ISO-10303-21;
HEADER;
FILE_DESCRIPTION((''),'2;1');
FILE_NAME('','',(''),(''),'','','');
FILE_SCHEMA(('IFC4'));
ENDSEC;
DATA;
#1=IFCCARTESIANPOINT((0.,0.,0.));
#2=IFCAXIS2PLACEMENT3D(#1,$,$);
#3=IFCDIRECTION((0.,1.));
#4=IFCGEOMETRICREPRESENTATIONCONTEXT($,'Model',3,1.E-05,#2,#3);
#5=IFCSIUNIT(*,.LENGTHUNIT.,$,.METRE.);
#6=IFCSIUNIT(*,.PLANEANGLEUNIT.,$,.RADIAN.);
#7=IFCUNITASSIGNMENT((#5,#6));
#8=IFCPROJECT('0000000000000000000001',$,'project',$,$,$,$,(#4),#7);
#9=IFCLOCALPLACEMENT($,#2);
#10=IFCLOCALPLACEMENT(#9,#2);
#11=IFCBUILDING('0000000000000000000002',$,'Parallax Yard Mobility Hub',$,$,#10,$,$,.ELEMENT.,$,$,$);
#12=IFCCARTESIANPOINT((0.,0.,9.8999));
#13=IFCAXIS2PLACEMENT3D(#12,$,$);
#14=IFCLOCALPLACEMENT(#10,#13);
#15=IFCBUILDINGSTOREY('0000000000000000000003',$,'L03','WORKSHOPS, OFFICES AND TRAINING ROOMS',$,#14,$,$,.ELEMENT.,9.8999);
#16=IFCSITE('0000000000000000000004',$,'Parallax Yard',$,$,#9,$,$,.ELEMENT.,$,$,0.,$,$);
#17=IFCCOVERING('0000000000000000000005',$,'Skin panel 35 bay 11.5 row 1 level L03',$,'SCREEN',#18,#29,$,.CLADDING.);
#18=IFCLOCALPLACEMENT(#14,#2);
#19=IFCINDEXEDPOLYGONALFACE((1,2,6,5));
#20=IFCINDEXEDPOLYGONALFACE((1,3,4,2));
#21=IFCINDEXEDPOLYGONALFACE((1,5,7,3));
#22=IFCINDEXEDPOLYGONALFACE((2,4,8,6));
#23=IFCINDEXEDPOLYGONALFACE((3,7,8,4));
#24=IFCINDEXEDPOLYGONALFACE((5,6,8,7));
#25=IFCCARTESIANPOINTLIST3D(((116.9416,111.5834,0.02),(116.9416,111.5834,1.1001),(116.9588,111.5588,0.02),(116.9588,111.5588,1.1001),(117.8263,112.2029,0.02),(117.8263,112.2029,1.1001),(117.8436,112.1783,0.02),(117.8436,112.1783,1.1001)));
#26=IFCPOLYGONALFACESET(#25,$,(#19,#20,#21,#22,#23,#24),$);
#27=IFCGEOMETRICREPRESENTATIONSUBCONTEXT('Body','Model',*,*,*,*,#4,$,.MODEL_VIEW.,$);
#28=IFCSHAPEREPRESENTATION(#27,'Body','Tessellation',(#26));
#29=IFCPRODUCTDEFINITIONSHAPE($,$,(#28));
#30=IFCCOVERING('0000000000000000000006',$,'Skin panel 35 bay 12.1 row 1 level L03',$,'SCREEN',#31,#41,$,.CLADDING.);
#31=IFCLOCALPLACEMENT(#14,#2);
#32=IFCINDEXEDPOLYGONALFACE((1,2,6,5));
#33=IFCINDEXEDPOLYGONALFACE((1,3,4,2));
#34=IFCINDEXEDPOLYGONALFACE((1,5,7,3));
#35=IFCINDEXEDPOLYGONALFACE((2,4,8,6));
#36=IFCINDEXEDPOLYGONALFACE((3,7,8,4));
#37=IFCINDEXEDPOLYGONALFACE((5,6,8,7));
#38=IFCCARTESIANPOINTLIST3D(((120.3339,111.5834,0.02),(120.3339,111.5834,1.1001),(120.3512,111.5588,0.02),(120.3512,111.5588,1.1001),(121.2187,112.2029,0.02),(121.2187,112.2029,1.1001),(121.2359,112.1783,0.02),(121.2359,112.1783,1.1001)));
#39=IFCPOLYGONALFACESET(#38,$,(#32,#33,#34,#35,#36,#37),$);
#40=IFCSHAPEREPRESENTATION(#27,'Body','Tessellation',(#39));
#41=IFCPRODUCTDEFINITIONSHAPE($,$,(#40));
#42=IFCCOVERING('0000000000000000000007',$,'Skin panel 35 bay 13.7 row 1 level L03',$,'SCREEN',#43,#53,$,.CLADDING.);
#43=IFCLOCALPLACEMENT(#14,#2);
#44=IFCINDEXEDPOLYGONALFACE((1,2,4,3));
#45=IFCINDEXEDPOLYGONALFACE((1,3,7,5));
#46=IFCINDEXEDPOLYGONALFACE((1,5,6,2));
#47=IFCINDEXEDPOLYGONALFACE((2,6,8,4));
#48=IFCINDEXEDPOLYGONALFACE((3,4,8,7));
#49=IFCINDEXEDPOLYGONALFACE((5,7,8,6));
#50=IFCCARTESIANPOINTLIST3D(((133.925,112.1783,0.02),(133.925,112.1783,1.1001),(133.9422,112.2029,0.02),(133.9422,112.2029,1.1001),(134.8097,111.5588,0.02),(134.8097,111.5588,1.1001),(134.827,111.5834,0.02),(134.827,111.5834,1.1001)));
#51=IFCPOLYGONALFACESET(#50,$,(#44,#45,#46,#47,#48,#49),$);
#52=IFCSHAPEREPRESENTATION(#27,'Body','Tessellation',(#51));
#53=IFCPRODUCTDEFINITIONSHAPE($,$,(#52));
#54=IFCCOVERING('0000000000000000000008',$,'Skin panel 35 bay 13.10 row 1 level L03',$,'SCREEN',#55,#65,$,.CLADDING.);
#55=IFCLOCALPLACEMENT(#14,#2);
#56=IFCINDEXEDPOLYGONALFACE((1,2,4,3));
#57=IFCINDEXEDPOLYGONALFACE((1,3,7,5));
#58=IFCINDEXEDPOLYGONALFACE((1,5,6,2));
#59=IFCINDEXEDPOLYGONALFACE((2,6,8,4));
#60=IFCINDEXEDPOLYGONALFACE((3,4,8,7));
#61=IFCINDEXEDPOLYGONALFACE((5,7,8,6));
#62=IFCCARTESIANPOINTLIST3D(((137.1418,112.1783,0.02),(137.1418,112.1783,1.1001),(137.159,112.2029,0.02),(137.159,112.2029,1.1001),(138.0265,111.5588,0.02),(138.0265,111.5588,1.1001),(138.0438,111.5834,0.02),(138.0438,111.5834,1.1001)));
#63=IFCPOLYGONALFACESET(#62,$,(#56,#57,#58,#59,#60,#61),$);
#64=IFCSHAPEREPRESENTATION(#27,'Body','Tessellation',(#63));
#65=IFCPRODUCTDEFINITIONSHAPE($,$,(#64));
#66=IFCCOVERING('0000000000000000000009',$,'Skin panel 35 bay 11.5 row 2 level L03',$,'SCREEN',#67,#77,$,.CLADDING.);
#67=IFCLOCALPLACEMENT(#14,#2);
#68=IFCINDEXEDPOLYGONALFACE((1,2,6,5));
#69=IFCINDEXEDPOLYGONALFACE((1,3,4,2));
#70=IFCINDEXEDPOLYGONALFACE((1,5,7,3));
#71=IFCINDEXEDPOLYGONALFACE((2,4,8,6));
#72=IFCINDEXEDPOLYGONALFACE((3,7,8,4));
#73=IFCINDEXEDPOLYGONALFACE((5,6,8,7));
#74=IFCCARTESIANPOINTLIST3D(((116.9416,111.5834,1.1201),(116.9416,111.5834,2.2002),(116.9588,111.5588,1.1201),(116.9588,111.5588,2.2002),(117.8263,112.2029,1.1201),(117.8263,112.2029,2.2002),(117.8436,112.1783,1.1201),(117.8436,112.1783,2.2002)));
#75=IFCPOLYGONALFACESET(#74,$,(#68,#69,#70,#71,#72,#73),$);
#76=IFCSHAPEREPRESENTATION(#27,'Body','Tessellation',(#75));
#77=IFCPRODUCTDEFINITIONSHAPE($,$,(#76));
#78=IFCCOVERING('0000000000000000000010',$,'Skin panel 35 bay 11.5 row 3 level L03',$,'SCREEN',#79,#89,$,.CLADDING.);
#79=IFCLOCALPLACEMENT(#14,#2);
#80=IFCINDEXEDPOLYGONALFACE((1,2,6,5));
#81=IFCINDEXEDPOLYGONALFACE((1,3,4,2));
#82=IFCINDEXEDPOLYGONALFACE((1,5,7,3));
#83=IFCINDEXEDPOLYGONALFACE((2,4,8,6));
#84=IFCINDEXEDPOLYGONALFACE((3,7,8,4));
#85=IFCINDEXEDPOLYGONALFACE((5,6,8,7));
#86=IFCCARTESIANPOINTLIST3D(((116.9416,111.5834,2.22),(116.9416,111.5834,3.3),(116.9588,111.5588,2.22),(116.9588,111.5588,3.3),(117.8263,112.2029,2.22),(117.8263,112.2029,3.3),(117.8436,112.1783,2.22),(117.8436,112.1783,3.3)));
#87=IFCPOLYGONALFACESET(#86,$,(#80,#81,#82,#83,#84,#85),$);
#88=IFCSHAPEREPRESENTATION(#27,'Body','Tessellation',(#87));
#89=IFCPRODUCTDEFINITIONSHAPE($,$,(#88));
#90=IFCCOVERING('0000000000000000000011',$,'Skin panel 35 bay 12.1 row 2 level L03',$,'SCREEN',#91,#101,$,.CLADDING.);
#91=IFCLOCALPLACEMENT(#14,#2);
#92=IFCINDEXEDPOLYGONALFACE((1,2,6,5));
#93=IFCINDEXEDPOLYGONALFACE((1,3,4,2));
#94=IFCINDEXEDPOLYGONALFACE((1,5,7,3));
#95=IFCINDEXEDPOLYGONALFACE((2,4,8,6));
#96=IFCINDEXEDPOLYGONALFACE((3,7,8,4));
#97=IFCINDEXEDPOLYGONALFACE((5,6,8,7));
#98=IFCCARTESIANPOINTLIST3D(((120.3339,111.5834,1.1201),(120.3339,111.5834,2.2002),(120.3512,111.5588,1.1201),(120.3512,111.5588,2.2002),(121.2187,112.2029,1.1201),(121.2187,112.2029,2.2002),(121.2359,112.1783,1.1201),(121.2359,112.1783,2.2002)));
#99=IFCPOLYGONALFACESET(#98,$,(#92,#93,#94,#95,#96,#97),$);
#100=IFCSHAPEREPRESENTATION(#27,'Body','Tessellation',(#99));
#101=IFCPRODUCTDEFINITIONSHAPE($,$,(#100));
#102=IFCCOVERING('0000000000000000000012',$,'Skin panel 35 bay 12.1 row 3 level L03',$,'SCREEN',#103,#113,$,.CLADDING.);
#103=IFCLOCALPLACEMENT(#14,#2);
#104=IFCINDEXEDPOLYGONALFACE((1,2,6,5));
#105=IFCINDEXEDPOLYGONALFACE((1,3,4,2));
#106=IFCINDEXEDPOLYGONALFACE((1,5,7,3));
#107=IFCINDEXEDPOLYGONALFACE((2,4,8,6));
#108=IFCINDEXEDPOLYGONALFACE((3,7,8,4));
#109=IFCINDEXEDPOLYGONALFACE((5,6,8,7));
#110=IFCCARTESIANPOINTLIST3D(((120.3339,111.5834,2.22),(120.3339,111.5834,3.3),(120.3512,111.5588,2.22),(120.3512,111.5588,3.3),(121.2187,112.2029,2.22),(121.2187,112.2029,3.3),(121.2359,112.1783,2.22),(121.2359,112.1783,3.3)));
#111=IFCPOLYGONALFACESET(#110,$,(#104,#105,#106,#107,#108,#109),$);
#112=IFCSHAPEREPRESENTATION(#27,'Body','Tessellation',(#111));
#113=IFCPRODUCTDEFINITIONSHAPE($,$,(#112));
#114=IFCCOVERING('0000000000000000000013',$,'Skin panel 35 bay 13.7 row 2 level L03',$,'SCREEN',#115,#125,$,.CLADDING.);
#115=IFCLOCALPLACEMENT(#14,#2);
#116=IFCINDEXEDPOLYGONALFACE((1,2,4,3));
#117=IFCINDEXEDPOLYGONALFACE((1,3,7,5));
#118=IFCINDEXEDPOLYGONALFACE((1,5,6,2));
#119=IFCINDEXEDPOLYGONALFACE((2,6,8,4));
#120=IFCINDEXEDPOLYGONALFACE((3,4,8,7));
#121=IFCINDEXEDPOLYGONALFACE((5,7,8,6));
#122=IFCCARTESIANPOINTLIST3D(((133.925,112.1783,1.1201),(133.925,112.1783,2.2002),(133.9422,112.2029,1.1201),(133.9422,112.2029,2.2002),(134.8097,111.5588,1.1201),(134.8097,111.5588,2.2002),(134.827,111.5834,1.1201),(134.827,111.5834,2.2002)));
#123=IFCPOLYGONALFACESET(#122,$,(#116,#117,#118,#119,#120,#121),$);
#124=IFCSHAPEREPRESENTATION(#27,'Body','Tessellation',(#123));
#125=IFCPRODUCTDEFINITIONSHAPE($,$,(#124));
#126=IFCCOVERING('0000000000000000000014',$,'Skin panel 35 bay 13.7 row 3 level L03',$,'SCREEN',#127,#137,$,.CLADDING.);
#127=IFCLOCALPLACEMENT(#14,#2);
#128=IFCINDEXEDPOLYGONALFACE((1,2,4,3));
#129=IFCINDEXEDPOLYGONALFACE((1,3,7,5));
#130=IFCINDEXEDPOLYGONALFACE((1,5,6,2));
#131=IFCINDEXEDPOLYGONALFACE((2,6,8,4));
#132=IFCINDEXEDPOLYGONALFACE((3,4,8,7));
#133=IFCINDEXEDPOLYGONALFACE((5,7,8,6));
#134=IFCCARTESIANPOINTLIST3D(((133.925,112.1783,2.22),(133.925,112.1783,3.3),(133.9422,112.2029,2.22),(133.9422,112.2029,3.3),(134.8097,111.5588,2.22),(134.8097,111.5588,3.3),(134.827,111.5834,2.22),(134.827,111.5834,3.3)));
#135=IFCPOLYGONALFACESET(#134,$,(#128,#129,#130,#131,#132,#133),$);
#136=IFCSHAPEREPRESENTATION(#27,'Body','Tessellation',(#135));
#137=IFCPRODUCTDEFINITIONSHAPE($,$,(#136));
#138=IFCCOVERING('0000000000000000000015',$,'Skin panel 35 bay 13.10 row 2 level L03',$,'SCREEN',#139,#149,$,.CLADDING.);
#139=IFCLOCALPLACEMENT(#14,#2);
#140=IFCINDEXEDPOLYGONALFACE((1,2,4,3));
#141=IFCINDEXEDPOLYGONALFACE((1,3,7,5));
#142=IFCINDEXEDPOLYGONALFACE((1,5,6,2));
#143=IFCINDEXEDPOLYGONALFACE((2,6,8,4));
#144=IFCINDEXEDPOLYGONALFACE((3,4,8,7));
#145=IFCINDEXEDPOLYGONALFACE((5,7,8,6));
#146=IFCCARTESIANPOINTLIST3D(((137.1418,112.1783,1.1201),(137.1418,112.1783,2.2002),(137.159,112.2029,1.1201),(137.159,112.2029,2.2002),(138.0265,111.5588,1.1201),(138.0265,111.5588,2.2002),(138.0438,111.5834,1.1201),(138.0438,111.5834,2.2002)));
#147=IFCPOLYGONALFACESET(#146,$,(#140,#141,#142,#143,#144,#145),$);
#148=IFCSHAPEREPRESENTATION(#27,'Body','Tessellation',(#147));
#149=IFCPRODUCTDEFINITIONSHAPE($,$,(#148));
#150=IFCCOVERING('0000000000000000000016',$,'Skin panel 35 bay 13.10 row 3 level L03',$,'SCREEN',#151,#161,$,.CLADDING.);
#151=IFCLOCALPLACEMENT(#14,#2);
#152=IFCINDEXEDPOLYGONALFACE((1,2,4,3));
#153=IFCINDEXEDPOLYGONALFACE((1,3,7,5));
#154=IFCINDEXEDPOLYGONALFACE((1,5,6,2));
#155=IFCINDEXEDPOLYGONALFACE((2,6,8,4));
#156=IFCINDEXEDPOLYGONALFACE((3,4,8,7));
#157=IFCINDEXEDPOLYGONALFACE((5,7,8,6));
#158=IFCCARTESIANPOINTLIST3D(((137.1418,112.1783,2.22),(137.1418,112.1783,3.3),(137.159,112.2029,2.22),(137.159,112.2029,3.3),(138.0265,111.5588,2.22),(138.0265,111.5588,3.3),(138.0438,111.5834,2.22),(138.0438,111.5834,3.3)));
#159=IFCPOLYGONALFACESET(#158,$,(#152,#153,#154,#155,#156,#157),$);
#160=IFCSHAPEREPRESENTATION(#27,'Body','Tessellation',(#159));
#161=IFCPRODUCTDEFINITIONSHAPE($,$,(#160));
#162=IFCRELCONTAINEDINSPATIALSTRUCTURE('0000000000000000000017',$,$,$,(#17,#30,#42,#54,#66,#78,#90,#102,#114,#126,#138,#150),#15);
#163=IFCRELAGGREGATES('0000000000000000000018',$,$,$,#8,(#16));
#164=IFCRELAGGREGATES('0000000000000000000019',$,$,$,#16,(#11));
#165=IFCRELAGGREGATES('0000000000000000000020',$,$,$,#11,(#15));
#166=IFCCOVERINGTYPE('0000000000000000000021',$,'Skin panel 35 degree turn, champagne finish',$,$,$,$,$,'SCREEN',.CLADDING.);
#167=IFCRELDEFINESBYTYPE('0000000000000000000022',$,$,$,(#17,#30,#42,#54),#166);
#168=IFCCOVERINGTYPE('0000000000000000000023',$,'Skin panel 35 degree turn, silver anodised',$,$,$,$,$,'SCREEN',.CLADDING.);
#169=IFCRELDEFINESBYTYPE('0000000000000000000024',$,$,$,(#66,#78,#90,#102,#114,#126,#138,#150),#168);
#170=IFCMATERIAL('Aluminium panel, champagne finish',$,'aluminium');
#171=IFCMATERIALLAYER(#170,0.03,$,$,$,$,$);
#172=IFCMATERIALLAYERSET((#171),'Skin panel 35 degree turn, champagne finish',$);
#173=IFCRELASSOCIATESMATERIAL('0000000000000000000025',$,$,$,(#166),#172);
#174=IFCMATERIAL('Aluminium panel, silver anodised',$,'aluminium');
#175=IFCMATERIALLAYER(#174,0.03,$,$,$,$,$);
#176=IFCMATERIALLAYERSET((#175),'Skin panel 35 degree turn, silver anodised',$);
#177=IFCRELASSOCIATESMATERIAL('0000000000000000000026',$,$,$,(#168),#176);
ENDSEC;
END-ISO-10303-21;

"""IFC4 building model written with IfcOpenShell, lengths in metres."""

from ifc_helpers import new_model, si_unit, direction, frame, origin, origin_2d, place, context, subcontext, project, spatial, rectangle, extrude, material, layer, layer_set, type_object, element, save


model = new_model("IFC4")

# Units and contexts
model_context = context("Model", 3, precision=1e-05, world=origin(), true_north=direction((0.0, 1.0)))
body_context = subcontext(model_context, "Body", "Model", "MODEL_VIEW")
ifc_project = project(units=[si_unit("LENGTHUNIT", "METRE"), si_unit("PLANEANGLEUNIT", "RADIAN")], contexts=[model_context])

# Site, building, storey
site_placement = place(None, origin())
site = spatial("IfcSite", under=ifc_project, at=site_placement, Name="Parallax Yard", CompositionType="ELEMENT", RefElevation=0.0)
building_placement = place(site_placement, origin())
building = spatial("IfcBuilding", under=site, at=building_placement, Name="Parallax Yard Mobility Hub", CompositionType="ELEMENT")
storey_placement = place(building_placement, frame((0.0, 0.0, 9.8999)))
storey = spatial("IfcBuildingStorey", under=building, at=storey_placement, Name="L03", Description="WORKSHOPS, OFFICES AND TRAINING ROOMS", CompositionType="ELEMENT", Elevation=9.8999)

# Coverings
ifc_material_1 = material(Name="Aluminium panel, silver anodised", Category="aluminium")
ifc_material_2 = material(Name="Aluminium panel, champagne finish", Category="aluminium")
ifc_layer_1 = layer(ifc_material_2, 0.03)
ifc_layer_set_1 = layer_set([ifc_layer_1], Name="Skin panel 35 degree turn, champagne finish")
covering_type_1 = type_object("IfcCoveringType", Name="Skin panel 35 degree turn, champagne finish", ElementType="SCREEN", PredefinedType="CLADDING", material=ifc_layer_set_1)
for number, where, z_axis, x_axis, name in (
    (1, (117.3926, 111.8809, 0.02), (0.0, 0.0, 1.0), (-0.819152, -0.573576, 0.0), "Skin panel 35 bay 11.5 row 1 level L03"),
    (2, (120.7849, 111.8809, 0.02), (0.0, 0.0, 1.0), (-0.819152, -0.573576, 0.0), "Skin panel 35 bay 12.1 row 1 level L03"),
    (3, (134.376, 111.8809, 0.02), (0.0, 0.0, 1.0), (0.819152, -0.573576, 0.0), "Skin panel 35 bay 13.7 row 1 level L03"),
    (4, (137.5928, 111.8809, 0.02), (0.0, 0.0, 1.0), (0.819152, -0.573576, 0.0), "Skin panel 35 bay 13.10 row 1 level L03"),
):
    element("IfcCovering", number, at=place(storey_placement, frame(where, z_axis=z_axis, x_axis=x_axis)), inside=storey, type_object=covering_type_1, Name=name, ObjectType="SCREEN", PredefinedType="CLADDING", context=body_context, shape_type="SweptSolid", body=[
        extrude(rectangle(XDim=1.0801, YDim=0.03, at=origin_2d()), origin(), (0.0, 0.0, 1.0), 1.0801),
    ])
ifc_layer_2 = layer(ifc_material_1, 0.03)
ifc_layer_set_2 = layer_set([ifc_layer_2], Name="Skin panel 35 degree turn, silver anodised")
covering_type_2 = type_object("IfcCoveringType", Name="Skin panel 35 degree turn, silver anodised", ElementType="SCREEN", PredefinedType="CLADDING", material=ifc_layer_set_2)
for number, where, z_axis, x_axis, name in (
    (5, (117.3926, 111.8809, 1.1201), (0.0, 0.0, 1.0), (-0.819152, -0.573576, 0.0), "Skin panel 35 bay 11.5 row 2 level L03"),
    (6, (117.3926, 111.8809, 2.22), (0.0, 0.0, 1.0), (-0.819152, -0.573576, 0.0), "Skin panel 35 bay 11.5 row 3 level L03"),
    (7, (120.7849, 111.8809, 1.1201), (0.0, 0.0, 1.0), (-0.819152, -0.573576, 0.0), "Skin panel 35 bay 12.1 row 2 level L03"),
    (8, (120.7849, 111.8809, 2.22), (0.0, 0.0, 1.0), (-0.819152, -0.573576, 0.0), "Skin panel 35 bay 12.1 row 3 level L03"),
    (9, (134.376, 111.8809, 1.1201), (0.0, 0.0, 1.0), (0.819152, -0.573576, 0.0), "Skin panel 35 bay 13.7 row 2 level L03"),
    (10, (134.376, 111.8809, 2.22), (0.0, 0.0, 1.0), (0.819152, -0.573576, 0.0), "Skin panel 35 bay 13.7 row 3 level L03"),
    (11, (137.5928, 111.8809, 1.1201), (0.0, 0.0, 1.0), (0.819152, -0.573576, 0.0), "Skin panel 35 bay 13.10 row 2 level L03"),
    (12, (137.5928, 111.8809, 2.22), (0.0, 0.0, 1.0), (0.819152, -0.573576, 0.0), "Skin panel 35 bay 13.10 row 3 level L03"),
):
    element("IfcCovering", number, at=place(storey_placement, frame(where, z_axis=z_axis, x_axis=x_axis)), inside=storey, type_object=covering_type_2, Name=name, ObjectType="SCREEN", PredefinedType="CLADDING", context=body_context, shape_type="SweptSolid", body=[
        extrude(rectangle(XDim=1.0801, YDim=0.03, at=origin_2d()), origin(), (0.0, 0.0, 1.0), 1.0801),
    ])

save(model, "model.ifc")
